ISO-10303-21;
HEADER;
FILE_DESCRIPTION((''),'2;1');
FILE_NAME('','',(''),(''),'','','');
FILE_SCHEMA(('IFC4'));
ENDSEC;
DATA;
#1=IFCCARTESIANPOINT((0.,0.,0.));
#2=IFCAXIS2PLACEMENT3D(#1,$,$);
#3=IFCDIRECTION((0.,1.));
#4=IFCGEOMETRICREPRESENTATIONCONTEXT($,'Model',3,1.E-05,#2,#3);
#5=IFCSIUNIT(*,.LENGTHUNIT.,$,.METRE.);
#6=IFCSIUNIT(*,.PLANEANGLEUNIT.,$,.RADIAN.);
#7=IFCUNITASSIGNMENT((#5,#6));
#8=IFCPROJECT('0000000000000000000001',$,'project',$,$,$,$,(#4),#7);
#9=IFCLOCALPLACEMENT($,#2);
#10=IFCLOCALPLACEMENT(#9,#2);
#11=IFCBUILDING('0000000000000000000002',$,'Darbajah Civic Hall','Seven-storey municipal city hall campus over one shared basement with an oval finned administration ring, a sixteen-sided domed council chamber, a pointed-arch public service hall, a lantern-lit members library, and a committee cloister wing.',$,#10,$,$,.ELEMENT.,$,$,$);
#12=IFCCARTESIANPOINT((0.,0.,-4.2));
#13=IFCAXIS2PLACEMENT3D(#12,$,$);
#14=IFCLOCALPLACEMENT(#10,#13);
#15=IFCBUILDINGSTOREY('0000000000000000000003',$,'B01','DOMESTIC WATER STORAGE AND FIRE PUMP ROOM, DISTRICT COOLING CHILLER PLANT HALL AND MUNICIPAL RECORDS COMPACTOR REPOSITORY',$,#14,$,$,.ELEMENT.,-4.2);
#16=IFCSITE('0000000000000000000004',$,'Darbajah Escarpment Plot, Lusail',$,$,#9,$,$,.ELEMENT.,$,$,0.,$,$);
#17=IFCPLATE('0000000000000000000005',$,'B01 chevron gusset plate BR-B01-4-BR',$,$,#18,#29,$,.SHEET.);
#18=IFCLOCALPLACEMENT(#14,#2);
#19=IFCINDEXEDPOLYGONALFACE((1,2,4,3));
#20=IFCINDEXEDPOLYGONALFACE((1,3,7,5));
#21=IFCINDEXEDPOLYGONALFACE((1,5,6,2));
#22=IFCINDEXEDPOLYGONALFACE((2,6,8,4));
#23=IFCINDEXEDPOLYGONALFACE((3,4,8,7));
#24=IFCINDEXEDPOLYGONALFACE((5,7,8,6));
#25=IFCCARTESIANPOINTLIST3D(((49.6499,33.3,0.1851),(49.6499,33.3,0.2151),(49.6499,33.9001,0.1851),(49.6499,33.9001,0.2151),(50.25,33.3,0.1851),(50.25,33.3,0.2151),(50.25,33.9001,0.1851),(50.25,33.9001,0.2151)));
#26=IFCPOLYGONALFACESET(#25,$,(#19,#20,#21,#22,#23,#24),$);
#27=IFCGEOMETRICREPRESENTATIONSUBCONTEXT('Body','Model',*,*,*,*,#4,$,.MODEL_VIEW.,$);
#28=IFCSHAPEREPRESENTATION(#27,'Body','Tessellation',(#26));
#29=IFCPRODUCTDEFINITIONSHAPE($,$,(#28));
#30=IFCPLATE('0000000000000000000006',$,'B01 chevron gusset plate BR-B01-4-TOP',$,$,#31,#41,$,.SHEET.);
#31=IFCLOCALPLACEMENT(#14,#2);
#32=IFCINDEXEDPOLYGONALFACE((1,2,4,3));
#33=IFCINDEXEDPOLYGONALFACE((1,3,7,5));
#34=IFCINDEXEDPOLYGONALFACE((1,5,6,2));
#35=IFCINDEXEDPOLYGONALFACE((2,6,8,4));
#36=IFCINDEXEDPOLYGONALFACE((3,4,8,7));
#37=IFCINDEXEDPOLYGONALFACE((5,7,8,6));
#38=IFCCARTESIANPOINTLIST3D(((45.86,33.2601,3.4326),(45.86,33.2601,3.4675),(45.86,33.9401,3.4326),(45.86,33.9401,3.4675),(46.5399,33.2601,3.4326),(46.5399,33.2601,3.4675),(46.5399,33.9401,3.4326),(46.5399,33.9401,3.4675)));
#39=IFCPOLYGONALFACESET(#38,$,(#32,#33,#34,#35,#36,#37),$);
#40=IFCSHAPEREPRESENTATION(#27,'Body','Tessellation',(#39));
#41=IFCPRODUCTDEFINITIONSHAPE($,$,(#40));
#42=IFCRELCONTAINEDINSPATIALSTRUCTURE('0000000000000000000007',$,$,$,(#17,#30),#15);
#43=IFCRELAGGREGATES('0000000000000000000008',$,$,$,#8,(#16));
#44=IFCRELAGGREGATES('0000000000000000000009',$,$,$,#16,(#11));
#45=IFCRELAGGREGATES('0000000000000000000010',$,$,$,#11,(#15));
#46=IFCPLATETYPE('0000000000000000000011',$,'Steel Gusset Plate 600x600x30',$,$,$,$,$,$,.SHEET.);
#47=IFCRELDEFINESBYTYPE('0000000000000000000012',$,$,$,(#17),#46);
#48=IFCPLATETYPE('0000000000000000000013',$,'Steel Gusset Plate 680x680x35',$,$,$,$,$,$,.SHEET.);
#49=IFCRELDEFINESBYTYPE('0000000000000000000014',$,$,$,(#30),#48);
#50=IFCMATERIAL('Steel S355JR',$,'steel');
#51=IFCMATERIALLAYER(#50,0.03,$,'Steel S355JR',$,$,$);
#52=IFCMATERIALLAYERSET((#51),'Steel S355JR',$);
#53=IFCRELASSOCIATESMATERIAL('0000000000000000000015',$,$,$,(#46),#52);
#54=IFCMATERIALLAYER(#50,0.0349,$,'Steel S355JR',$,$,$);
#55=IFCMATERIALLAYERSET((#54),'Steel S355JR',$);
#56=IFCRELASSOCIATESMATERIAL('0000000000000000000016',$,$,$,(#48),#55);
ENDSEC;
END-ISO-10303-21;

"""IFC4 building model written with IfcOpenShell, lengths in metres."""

from ifc_helpers import new_model, si_unit, direction, frame, origin, origin_2d, place, context, subcontext, project, spatial, rectangle, extrude, material, layer, layer_set, type_object, element, save


model = new_model("IFC4")

# Units and contexts
model_context = context("Model", 3, precision=1e-05, world=origin(), true_north=direction((0.0, 1.0)))
body_context = subcontext(model_context, "Body", "Model", "MODEL_VIEW")
ifc_project = project(units=[si_unit("LENGTHUNIT", "METRE"), si_unit("PLANEANGLEUNIT", "RADIAN")], contexts=[model_context])

# Site, building, storey
site_placement = place(None, origin())
site = spatial("IfcSite", under=ifc_project, at=site_placement, Name="Darbajah Escarpment Plot, Lusail", CompositionType="ELEMENT", RefElevation=0.0)
building_placement = place(site_placement, origin())
building = spatial("IfcBuilding", under=site, at=building_placement, Name="Darbajah Civic Hall", Description="Seven-storey municipal city hall campus over one shared basement with an oval finned administration ring, a sixteen-sided domed council chamber, a pointed-arch public service hall, a lantern-lit members library, and a committee cloister wing.", CompositionType="ELEMENT")
storey_placement = place(building_placement, frame((0.0, 0.0, -4.2)))
storey = spatial("IfcBuildingStorey", under=building, at=storey_placement, Name="B01", Description="DOMESTIC WATER STORAGE AND FIRE PUMP ROOM, DISTRICT COOLING CHILLER PLANT HALL AND MUNICIPAL RECORDS COMPACTOR REPOSITORY", CompositionType="ELEMENT", Elevation=-4.2)

# Shared definitions
ifc_material_1 = material(Name="Steel S355JR", Category="steel")

# Plates
ifc_layer_1 = layer(ifc_material_1, 0.03, Name="Steel S355JR")
ifc_layer_set_1 = layer_set([ifc_layer_1], Name="Steel S355JR")
plate_type_1 = type_object("IfcPlateType", Name="Steel Gusset Plate 600x600x30", PredefinedType="SHEET", material=ifc_layer_set_1)
for number, where, z_axis, x_axis, name in (
    (1, (49.95, 33.6001, 0.1851), (0.0, 0.0, 1.0), (1.0, 0.0, 0.0), "B01 chevron gusset plate BR-B01-4-BR"),
):
    element("IfcPlate", number, at=place(storey_placement, frame(where, z_axis=z_axis, x_axis=x_axis)), inside=storey, type_object=plate_type_1, Name=name, PredefinedType="SHEET", context=body_context, shape_type="SweptSolid", body=[
        extrude(rectangle(XDim=0.6001, YDim=0.6001, at=origin_2d()), origin(), (0.0, 0.0, 1.0), 0.03),
    ])
ifc_layer_2 = layer(ifc_material_1, 0.0349, Name="Steel S355JR")
ifc_layer_set_2 = layer_set([ifc_layer_2], Name="Steel S355JR")
plate_type_2 = type_object("IfcPlateType", Name="Steel Gusset Plate 680x680x35", PredefinedType="SHEET", material=ifc_layer_set_2)
plate_placement = place(storey_placement, frame((46.2, 33.6001, 3.4326), z_axis=(0.0, 0.0, 1.0), x_axis=(1.0, 0.0, 0.0)))
element("IfcPlate", 2, at=plate_placement, inside=storey, type_object=plate_type_2, Name="B01 chevron gusset plate BR-B01-4-TOP", PredefinedType="SHEET", context=body_context, shape_type="SweptSolid", body=[
    extrude(rectangle(XDim=0.6799, YDim=0.6799, at=origin_2d()), origin(), (0.0, 0.0, 1.0), 0.0349),
])

save(model, "model.ifc")
